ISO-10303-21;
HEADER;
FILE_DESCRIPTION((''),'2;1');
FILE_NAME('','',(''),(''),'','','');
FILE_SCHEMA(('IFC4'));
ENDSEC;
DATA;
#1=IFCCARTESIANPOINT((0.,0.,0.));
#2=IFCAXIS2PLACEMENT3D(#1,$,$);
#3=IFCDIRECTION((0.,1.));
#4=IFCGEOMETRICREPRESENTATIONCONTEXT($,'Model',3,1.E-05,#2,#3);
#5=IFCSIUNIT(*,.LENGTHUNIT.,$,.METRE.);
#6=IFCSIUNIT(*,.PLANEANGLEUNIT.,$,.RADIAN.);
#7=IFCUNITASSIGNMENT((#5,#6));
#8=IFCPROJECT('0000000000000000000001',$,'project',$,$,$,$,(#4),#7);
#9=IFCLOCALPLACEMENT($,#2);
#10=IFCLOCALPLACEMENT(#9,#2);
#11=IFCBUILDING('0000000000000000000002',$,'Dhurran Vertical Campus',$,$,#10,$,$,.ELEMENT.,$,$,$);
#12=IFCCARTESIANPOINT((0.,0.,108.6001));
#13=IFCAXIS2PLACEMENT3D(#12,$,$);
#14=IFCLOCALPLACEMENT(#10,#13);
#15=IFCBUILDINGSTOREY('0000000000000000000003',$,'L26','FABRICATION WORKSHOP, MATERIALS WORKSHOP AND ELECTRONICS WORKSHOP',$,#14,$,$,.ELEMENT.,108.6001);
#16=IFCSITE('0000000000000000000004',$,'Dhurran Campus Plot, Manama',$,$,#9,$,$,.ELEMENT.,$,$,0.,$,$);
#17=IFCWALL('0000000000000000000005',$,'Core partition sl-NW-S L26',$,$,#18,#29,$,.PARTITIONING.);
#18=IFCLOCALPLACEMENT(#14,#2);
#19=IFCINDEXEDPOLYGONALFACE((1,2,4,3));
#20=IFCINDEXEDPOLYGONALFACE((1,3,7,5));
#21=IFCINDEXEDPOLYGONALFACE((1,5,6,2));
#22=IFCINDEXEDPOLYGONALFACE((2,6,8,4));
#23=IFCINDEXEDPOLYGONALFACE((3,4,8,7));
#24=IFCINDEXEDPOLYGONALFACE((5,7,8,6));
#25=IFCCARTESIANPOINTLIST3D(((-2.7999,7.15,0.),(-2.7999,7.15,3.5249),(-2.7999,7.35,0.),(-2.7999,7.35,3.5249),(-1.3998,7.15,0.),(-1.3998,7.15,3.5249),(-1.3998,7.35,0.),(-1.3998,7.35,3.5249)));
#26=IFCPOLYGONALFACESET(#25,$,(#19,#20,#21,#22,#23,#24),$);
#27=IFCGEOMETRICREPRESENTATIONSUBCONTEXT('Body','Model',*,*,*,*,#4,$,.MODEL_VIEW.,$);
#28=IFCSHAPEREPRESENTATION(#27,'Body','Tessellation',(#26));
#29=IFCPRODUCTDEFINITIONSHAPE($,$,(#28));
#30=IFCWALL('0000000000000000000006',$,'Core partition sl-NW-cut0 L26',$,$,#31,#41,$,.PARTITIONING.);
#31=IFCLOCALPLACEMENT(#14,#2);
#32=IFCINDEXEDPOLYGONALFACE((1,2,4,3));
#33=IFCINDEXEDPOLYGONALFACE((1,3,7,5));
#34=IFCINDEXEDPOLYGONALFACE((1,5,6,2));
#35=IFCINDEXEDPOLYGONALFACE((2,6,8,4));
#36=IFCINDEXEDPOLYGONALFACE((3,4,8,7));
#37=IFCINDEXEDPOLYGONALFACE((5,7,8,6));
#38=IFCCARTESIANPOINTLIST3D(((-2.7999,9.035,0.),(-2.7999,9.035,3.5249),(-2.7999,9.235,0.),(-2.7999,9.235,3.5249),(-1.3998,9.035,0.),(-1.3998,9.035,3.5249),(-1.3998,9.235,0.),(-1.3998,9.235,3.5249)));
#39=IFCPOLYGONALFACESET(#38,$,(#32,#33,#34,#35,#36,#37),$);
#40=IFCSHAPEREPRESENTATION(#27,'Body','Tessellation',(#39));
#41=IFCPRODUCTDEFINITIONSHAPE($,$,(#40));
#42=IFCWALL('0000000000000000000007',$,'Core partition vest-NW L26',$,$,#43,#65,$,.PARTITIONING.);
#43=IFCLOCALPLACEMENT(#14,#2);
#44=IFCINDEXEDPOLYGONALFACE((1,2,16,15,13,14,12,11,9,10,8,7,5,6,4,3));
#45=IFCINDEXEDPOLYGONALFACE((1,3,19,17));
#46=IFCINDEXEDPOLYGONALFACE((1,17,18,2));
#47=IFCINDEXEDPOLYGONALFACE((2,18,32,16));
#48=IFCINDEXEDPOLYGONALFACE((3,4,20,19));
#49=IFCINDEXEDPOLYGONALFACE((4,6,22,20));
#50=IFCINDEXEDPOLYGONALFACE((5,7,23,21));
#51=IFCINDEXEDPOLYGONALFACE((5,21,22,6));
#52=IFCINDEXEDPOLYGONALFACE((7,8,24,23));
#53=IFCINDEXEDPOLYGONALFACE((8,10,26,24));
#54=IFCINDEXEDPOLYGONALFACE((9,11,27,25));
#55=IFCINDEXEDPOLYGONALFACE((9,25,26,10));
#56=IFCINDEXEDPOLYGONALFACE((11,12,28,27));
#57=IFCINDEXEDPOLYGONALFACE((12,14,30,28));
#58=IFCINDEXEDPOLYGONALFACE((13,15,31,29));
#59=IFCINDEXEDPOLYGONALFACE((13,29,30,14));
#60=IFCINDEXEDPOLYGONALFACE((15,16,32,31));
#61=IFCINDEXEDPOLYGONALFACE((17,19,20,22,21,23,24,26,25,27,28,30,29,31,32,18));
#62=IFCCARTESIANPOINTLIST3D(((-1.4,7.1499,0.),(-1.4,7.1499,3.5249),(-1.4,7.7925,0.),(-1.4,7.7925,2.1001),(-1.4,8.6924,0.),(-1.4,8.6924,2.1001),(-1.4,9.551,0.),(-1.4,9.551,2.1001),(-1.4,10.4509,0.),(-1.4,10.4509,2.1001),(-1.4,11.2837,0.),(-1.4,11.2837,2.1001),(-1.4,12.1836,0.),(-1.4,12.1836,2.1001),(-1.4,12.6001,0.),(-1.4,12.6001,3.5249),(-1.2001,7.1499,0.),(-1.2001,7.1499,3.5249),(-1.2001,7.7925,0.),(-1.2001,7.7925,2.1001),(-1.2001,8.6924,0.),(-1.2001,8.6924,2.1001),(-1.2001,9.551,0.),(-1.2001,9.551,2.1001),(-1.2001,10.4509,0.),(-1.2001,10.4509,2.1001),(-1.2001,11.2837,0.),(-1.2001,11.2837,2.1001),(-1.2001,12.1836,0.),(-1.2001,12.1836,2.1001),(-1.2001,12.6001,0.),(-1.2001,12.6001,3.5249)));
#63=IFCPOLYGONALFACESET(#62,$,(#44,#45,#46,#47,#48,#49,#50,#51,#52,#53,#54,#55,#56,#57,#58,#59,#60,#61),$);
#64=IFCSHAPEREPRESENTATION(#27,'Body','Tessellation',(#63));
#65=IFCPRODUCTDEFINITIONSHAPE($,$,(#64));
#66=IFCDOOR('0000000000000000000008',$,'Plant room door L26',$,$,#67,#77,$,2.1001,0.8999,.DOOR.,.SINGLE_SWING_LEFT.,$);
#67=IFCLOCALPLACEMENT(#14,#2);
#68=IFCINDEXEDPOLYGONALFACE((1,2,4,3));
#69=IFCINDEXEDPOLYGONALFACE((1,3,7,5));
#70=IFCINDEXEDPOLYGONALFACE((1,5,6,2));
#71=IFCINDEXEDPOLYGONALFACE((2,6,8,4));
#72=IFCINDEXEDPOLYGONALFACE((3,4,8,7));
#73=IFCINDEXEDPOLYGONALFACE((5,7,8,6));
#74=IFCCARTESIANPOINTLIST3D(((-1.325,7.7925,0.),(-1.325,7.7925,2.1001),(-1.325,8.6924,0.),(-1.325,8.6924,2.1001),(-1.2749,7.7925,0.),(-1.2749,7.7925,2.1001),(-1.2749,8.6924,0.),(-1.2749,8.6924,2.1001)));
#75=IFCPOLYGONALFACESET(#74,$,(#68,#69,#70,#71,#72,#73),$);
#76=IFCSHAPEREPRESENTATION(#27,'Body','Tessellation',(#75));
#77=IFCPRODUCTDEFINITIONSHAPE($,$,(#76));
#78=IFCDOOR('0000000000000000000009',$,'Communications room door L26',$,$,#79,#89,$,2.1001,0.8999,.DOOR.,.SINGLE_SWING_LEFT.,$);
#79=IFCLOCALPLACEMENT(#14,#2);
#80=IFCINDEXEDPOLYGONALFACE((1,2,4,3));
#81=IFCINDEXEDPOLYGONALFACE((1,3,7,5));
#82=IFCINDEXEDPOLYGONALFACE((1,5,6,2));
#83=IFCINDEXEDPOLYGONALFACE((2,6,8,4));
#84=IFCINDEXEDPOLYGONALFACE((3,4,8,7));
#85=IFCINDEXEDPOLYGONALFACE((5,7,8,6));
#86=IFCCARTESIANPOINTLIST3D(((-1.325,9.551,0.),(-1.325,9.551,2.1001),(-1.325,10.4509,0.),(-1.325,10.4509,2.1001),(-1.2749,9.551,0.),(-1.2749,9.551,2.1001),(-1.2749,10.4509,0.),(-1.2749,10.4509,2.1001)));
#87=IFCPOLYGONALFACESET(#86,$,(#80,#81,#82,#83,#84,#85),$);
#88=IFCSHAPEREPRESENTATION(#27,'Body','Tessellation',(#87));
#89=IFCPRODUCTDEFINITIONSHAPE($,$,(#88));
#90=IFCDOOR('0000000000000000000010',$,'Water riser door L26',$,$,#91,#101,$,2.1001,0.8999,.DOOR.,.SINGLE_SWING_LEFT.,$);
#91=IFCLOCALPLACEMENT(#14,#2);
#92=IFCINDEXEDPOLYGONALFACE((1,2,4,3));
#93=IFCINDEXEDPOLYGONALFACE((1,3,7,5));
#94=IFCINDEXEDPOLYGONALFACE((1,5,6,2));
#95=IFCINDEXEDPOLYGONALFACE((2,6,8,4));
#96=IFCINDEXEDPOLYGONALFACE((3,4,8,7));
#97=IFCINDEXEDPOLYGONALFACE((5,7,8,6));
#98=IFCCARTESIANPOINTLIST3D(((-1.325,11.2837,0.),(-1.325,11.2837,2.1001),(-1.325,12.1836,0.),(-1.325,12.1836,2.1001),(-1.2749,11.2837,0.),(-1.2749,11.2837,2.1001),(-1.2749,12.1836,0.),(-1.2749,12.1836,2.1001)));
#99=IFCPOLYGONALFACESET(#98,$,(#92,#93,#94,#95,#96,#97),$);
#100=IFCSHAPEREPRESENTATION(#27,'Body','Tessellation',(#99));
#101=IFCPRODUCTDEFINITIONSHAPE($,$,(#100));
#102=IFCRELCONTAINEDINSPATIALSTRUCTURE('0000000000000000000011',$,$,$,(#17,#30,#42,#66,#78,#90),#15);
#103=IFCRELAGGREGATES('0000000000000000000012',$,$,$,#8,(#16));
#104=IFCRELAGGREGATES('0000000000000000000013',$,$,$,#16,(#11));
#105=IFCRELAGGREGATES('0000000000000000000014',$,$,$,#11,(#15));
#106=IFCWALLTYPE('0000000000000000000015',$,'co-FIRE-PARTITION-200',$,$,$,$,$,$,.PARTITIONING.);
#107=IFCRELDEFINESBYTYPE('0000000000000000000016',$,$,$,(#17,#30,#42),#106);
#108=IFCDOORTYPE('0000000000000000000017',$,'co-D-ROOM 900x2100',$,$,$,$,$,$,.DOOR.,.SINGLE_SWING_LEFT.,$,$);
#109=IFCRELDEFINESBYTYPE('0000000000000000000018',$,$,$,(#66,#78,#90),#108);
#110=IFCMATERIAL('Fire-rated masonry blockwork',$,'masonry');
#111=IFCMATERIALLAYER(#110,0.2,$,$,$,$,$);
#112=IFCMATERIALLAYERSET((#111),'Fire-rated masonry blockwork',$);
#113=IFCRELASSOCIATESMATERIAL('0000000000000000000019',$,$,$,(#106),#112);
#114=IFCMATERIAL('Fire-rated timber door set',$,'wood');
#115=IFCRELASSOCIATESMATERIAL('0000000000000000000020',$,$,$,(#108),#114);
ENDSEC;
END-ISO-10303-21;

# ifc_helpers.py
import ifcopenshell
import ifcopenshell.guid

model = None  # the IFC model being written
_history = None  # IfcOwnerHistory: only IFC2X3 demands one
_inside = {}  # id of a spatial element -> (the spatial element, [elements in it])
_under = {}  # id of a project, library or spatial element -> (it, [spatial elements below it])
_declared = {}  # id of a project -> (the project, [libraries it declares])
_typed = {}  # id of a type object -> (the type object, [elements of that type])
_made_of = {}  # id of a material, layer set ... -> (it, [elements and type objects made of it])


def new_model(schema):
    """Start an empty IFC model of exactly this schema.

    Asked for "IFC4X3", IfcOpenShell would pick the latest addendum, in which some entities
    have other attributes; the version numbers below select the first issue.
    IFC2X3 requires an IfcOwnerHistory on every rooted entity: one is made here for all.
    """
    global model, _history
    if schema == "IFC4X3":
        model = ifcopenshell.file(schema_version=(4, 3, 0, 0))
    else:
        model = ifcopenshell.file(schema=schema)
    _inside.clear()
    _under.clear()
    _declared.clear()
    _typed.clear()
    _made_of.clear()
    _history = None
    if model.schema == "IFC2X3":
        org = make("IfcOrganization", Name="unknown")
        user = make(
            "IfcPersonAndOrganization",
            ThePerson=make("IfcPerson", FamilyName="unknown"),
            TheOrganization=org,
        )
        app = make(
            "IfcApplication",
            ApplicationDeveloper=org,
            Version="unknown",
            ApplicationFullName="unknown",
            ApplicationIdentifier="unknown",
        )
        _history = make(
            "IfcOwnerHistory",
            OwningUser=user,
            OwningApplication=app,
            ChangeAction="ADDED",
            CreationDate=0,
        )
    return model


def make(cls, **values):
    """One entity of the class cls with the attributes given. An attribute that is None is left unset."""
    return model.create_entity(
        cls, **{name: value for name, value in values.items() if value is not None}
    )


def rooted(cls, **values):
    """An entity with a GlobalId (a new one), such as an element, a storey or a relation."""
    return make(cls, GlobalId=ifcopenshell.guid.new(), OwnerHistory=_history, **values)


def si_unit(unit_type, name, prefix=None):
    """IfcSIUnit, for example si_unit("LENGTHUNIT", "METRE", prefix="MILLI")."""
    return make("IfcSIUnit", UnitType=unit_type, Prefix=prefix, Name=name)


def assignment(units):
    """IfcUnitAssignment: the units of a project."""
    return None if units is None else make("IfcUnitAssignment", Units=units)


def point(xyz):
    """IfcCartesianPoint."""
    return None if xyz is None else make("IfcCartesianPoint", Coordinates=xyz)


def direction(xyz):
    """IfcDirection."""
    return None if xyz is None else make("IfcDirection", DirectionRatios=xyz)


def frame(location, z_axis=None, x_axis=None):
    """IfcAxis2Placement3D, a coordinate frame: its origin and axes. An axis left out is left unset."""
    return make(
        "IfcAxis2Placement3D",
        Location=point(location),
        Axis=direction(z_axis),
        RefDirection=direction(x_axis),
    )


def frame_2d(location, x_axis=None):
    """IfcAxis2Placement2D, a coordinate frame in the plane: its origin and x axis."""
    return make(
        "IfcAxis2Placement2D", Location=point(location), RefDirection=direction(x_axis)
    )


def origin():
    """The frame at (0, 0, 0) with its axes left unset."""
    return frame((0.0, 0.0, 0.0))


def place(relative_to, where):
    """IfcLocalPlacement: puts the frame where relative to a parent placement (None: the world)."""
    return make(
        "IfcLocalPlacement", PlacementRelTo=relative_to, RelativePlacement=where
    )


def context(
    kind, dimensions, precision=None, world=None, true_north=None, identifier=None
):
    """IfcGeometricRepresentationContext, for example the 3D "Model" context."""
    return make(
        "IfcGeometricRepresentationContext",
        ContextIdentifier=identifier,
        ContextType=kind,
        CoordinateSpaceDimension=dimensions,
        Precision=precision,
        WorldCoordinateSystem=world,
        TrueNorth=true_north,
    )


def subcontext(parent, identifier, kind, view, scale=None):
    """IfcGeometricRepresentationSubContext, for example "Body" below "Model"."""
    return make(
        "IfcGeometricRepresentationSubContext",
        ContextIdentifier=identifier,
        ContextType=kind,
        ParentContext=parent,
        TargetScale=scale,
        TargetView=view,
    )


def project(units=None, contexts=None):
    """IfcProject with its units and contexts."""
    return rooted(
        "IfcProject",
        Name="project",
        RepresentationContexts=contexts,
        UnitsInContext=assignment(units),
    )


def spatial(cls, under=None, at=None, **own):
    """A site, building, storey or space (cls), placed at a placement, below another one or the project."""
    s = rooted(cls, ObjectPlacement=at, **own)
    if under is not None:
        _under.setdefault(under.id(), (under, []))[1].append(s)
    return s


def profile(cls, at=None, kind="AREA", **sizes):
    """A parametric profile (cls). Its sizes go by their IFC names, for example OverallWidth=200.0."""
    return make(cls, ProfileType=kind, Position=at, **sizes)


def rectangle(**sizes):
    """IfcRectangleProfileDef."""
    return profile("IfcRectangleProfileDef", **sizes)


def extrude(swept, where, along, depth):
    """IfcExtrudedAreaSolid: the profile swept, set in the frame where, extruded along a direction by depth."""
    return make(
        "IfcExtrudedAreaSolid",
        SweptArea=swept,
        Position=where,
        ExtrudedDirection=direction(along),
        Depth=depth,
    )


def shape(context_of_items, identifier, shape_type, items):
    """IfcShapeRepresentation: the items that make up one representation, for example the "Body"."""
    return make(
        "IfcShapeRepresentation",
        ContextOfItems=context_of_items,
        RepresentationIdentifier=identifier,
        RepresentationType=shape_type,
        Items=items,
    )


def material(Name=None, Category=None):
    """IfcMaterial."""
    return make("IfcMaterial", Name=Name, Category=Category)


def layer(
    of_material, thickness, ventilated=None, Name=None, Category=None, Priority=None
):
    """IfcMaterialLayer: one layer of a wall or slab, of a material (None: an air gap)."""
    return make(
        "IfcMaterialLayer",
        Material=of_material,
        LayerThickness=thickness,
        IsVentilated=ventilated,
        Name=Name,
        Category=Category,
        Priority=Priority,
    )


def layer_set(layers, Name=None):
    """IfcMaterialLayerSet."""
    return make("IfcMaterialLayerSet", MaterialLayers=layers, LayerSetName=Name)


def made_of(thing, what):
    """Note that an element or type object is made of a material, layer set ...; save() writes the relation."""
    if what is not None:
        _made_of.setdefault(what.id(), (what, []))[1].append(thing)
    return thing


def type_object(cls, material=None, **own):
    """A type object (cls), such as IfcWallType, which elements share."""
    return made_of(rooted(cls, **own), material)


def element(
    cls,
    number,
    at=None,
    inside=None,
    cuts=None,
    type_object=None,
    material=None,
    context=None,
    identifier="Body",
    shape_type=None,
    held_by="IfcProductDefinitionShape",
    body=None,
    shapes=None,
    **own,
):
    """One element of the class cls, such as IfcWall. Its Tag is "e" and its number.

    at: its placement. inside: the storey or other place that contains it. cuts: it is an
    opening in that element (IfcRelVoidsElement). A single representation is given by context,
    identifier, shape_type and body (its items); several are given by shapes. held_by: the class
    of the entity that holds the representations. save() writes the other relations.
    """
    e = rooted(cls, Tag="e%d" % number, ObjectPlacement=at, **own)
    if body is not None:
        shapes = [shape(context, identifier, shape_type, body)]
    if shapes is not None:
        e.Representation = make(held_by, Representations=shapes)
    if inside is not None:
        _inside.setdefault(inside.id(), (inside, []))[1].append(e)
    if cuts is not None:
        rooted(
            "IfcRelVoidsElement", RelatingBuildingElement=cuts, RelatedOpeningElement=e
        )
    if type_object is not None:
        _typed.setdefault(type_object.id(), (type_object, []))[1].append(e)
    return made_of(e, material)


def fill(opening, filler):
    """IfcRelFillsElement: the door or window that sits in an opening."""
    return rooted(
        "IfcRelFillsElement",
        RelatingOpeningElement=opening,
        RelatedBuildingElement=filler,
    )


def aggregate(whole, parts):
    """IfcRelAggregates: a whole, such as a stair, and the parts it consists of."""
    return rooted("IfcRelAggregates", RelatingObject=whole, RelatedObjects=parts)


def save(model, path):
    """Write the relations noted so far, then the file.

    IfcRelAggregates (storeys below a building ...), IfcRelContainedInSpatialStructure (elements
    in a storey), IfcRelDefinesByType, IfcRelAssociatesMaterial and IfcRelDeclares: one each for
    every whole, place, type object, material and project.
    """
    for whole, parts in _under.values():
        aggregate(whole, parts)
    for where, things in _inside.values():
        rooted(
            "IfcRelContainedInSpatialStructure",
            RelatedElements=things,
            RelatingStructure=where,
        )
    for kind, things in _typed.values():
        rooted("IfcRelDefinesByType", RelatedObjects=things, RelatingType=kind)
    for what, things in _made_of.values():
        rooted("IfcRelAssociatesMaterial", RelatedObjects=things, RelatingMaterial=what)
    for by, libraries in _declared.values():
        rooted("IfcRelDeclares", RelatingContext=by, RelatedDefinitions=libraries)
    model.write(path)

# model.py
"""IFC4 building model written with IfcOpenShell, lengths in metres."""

from ifc_helpers import new_model, si_unit, direction, frame, frame_2d, origin, place, context, subcontext, project, spatial, rectangle, extrude, material, layer, layer_set, type_object, element, fill, save


model = new_model("IFC4")

# Units and contexts
model_context = context("Model", 3, precision=1e-05, world=origin(), true_north=direction((0.0, 1.0)))
body_context = subcontext(model_context, "Body", "Model", "MODEL_VIEW")
ifc_project = project(units=[si_unit("LENGTHUNIT", "METRE"), si_unit("PLANEANGLEUNIT", "RADIAN")], contexts=[model_context])

# Site, building, storey
site_placement = place(None, origin())
site = spatial("IfcSite", under=ifc_project, at=site_placement, Name="Dhurran Campus Plot, Manama", CompositionType="ELEMENT", RefElevation=0.0)
building_placement = place(site_placement, origin())
building = spatial("IfcBuilding", under=site, at=building_placement, Name="Dhurran Vertical Campus", CompositionType="ELEMENT")
storey_placement = place(building_placement, frame((0.0, 0.0, 108.6001)))
storey = spatial("IfcBuildingStorey", under=building, at=storey_placement, Name="L26", Description="FABRICATION WORKSHOP, MATERIALS WORKSHOP AND ELECTRONICS WORKSHOP", CompositionType="ELEMENT", Elevation=108.6001)

# Walls
ifc_material_1 = material(Name="Fire-rated masonry blockwork", Category="masonry")
ifc_layer_1 = layer(ifc_material_1, 0.2)
ifc_layer_set_1 = layer_set([ifc_layer_1], Name="Fire-rated masonry blockwork")
wall_type_1 = type_object("IfcWallType", Name="co-FIRE-PARTITION-200", PredefinedType="PARTITIONING", material=ifc_layer_set_1)
for number, where, z_axis, x_axis, name in (
    (1, (-2.8, 7.25, 0.0), (0.0, 0.0, 1.0), (1.0, 0.0, 0.0), "Core partition sl-NW-S L26"),
    (2, (-2.8, 9.135, 0.0), (0.0, 0.0, 1.0), (1.0, 0.0, 0.0), "Core partition sl-NW-cut0 L26"),
):
    element("IfcWall", number, at=place(storey_placement, frame(where, z_axis=z_axis, x_axis=x_axis)), inside=storey, type_object=wall_type_1, Name=name, PredefinedType="PARTITIONING", context=body_context, shape_type="SweptSolid", body=[
        extrude(rectangle(XDim=1.4001, YDim=0.2, at=frame_2d((0.7002, 0.0))), origin(), (0.0, 0.0, 1.0), 3.5249),
    ])

# Wall, openings, doors
wall_1_placement = place(storey_placement, frame((-1.3, 7.1499, 0.0), z_axis=(0.0, 0.0, 1.0), x_axis=(0.0, 1.0, 0.0)))
wall_1 = element("IfcWall", 3, at=wall_1_placement, inside=storey, type_object=wall_type_1, Name="Core partition vest-NW L26", PredefinedType="PARTITIONING", context=body_context, shape_type="SweptSolid", body=[
    extrude(rectangle(XDim=5.4502, YDim=0.2, at=frame_2d((2.7251, 0.0))), origin(), (0.0, 0.0, 1.0), 3.5249),
])
opening_1_placement = place(wall_1_placement, frame((0.6426, 0.0, 0.0)))
opening_1 = element("IfcOpeningElement", 4, at=opening_1_placement, cuts=wall_1, PredefinedType="OPENING", context=body_context, shape_type="SweptSolid", body=[
    extrude(rectangle(XDim=0.8999, YDim=2.1001, at=frame_2d((0.45, 1.05))), frame((0.0, 0.1099, 0.0), z_axis=(0.0, -1.0, 0.0), x_axis=(1.0, 0.0, 0.0)), (0.0, 0.0, 1.0), 0.22),
])
opening_2_placement = place(wall_1_placement, frame((2.4011, 0.0, 0.0)))
opening_2 = element("IfcOpeningElement", 5, at=opening_2_placement, cuts=wall_1, PredefinedType="OPENING", context=body_context, shape_type="SweptSolid", body=[
    extrude(rectangle(XDim=0.8999, YDim=2.1001, at=frame_2d((0.45, 1.05))), frame((0.0, 0.1099, 0.0), z_axis=(0.0, -1.0, 0.0), x_axis=(1.0, 0.0, 0.0)), (0.0, 0.0, 1.0), 0.22),
])
opening_3_placement = place(wall_1_placement, frame((4.1338, 0.0, 0.0)))
opening_3 = element("IfcOpeningElement", 6, at=opening_3_placement, cuts=wall_1, PredefinedType="OPENING", context=body_context, shape_type="SweptSolid", body=[
    extrude(rectangle(XDim=0.8999, YDim=2.1001, at=frame_2d((0.45, 1.05))), frame((0.0, 0.1099, 0.0), z_axis=(0.0, -1.0, 0.0), x_axis=(1.0, 0.0, 0.0)), (0.0, 0.0, 1.0), 0.22),
])
ifc_material_2 = material(Name="Fire-rated timber door set", Category="wood")
door_type_1 = type_object("IfcDoorType", Name="co-D-ROOM 900x2100", OperationType="SINGLE_SWING_LEFT", PredefinedType="DOOR", material=ifc_material_2)
door_1_placement = place(opening_1_placement, origin())
door_1 = element("IfcDoor", 7, at=door_1_placement, inside=storey, type_object=door_type_1, Name="Plant room door L26", OperationType="SINGLE_SWING_LEFT", OverallHeight=2.1001, OverallWidth=0.8999, PredefinedType="DOOR", context=body_context, shape_type="SweptSolid", body=[
    extrude(rectangle(XDim=0.8999, YDim=2.1001, at=frame_2d((0.45, 1.05))), frame((0.0, 0.0249, 0.0), z_axis=(0.0, -1.0, 0.0), x_axis=(1.0, 0.0, 0.0)), (0.0, 0.0, 1.0), 0.05),
])
fill(opening_1, door_1)
door_2_placement = place(opening_2_placement, origin())
door_2 = element("IfcDoor", 8, at=door_2_placement, inside=storey, type_object=door_type_1, Name="Communications room door L26", OperationType="SINGLE_SWING_LEFT", OverallHeight=2.1001, OverallWidth=0.8999, PredefinedType="DOOR", context=body_context, shape_type="SweptSolid", body=[
    extrude(rectangle(XDim=0.8999, YDim=2.1001, at=frame_2d((0.45, 1.05))), frame((0.0, 0.0249, 0.0), z_axis=(0.0, -1.0, 0.0), x_axis=(1.0, 0.0, 0.0)), (0.0, 0.0, 1.0), 0.05),
])
fill(opening_2, door_2)
door_3_placement = place(opening_3_placement, origin())
door_3 = element("IfcDoor", 9, at=door_3_placement, inside=storey, type_object=door_type_1, Name="Water riser door L26", OperationType="SINGLE_SWING_LEFT", OverallHeight=2.1001, OverallWidth=0.8999, PredefinedType="DOOR", context=body_context, shape_type="SweptSolid", body=[
    extrude(rectangle(XDim=0.8999, YDim=2.1001, at=frame_2d((0.45, 1.05))), frame((0.0, 0.0249, 0.0), z_axis=(0.0, -1.0, 0.0), x_axis=(1.0, 0.0, 0.0)), (0.0, 0.0, 1.0), 0.05),
])
fill(opening_3, door_3)

save(model, "model.ifc")
